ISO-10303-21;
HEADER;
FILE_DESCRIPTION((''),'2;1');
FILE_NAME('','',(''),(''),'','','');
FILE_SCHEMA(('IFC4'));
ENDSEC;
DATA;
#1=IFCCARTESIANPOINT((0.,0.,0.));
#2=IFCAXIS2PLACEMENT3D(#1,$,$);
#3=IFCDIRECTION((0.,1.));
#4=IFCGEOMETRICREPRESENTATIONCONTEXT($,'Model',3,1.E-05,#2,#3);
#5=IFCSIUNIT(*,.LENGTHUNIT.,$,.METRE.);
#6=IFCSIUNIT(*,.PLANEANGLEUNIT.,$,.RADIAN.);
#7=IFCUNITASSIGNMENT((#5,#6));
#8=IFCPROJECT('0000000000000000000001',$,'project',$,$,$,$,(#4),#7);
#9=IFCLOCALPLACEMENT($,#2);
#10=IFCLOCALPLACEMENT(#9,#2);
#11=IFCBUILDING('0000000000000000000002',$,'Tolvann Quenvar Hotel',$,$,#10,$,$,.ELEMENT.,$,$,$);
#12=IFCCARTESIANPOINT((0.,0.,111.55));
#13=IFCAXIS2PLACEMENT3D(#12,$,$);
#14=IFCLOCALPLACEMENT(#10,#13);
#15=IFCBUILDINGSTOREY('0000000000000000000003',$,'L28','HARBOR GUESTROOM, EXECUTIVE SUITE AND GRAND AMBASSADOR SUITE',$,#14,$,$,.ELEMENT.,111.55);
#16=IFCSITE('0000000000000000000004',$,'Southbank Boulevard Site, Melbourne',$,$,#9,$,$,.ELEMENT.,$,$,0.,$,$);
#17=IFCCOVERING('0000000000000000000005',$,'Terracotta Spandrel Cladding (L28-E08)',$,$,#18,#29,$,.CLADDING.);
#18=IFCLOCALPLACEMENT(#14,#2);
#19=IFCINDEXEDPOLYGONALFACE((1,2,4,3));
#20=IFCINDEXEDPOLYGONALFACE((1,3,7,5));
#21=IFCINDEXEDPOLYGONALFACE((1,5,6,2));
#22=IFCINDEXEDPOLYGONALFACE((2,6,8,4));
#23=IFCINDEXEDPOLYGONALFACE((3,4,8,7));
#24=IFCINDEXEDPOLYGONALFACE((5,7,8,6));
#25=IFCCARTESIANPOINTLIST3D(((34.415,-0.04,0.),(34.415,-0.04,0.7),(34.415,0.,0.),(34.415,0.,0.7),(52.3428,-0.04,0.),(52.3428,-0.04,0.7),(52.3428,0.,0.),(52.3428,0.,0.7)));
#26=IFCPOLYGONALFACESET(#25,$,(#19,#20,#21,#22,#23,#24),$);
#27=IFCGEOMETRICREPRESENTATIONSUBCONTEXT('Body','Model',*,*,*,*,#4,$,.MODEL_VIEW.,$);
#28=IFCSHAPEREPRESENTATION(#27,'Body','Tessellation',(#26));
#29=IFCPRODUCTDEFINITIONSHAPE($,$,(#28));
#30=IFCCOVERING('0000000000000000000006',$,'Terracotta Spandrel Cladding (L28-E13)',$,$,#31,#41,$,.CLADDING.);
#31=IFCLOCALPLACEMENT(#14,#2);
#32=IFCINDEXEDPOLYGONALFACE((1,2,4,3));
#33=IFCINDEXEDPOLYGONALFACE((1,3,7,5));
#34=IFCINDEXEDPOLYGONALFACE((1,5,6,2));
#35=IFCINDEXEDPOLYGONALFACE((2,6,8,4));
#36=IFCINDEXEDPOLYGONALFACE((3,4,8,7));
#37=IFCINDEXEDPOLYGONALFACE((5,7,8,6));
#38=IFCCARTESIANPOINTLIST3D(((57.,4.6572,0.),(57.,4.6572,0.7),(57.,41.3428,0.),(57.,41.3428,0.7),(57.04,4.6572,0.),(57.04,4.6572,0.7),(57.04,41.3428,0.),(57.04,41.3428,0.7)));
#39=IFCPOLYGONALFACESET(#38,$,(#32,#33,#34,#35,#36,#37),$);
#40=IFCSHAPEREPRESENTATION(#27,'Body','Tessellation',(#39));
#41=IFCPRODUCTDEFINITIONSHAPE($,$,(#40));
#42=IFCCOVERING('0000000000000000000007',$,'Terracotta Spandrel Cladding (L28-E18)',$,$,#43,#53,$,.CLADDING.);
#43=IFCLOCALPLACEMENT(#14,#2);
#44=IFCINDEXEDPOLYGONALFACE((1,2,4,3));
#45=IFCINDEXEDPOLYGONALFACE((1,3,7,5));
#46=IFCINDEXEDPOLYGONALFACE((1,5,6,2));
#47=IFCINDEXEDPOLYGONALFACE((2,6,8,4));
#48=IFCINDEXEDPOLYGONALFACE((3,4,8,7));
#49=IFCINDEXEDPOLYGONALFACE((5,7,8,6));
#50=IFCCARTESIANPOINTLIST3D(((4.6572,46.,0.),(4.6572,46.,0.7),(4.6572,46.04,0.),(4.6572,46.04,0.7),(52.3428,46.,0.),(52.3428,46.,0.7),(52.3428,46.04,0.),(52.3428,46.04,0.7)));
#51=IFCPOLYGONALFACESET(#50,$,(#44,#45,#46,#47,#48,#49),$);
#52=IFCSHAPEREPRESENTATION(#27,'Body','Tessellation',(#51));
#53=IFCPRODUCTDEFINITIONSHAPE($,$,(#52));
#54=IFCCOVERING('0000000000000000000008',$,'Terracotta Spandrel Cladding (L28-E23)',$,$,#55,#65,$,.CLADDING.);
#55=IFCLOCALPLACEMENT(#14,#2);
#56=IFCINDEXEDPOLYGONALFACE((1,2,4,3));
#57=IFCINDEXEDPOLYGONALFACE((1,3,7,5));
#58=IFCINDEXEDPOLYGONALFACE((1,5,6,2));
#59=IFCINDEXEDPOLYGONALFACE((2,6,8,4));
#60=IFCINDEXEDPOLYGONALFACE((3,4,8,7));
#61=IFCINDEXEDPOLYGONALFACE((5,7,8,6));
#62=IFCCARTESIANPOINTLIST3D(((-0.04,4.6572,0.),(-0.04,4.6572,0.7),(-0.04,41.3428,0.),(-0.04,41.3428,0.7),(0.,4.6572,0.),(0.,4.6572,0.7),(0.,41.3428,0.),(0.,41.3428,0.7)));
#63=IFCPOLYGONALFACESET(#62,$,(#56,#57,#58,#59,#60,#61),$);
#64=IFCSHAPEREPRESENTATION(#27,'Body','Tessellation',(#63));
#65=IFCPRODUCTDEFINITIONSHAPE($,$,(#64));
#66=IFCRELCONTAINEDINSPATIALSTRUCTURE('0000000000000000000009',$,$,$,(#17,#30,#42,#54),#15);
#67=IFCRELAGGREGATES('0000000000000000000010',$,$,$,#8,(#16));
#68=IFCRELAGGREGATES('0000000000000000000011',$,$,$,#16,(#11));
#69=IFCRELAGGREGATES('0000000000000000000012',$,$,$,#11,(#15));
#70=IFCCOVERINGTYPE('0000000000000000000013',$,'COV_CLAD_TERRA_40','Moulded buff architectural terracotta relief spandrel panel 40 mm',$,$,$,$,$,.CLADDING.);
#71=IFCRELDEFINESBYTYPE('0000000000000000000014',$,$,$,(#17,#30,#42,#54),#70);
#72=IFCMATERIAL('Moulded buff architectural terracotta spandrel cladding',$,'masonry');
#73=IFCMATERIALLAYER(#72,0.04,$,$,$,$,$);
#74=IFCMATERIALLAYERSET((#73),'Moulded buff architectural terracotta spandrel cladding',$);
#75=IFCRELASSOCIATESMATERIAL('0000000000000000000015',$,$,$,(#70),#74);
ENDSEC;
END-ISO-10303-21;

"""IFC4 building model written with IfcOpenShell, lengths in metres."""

from ifc_helpers import new_model, si_unit, direction, frame, origin, place, context, subcontext, project, spatial, polyline, outline, extrude, material, layer, layer_set, type_object, element, save


model = new_model("IFC4")

# Units and contexts
model_context = context("Model", 3, precision=1e-05, world=origin(), true_north=direction((0.0, 1.0)))
body_context = subcontext(model_context, "Body", "Model", "MODEL_VIEW")
ifc_project = project(units=[si_unit("LENGTHUNIT", "METRE"), si_unit("PLANEANGLEUNIT", "RADIAN")], contexts=[model_context])

# Site, building, storey
site_placement = place(None, origin())
site = spatial("IfcSite", under=ifc_project, at=site_placement, Name="Southbank Boulevard Site, Melbourne", CompositionType="ELEMENT", RefElevation=0.0)
building_placement = place(site_placement, origin())
building = spatial("IfcBuilding", under=site, at=building_placement, Name="Tolvann Quenvar Hotel", CompositionType="ELEMENT")
storey_placement = place(building_placement, frame((0.0, 0.0, 111.55)))
storey = spatial("IfcBuildingStorey", under=building, at=storey_placement, Name="L28", Description="HARBOR GUESTROOM, EXECUTIVE SUITE AND GRAND AMBASSADOR SUITE", CompositionType="ELEMENT", Elevation=111.55)

# Coverings
ifc_material_1 = material(Name="Moulded buff architectural terracotta spandrel cladding", Category="masonry")
ifc_layer_1 = layer(ifc_material_1, 0.04)
ifc_layer_set_1 = layer_set([ifc_layer_1], Name="Moulded buff architectural terracotta spandrel cladding")
covering_type_1 = type_object("IfcCoveringType", Name="COV_CLAD_TERRA_40", Description="Moulded buff architectural terracotta relief spandrel panel 40 mm", PredefinedType="CLADDING", material=ifc_layer_set_1)
covering_1_placement = place(storey_placement, origin())
element("IfcCovering", 1, at=covering_1_placement, inside=storey, type_object=covering_type_1, Name="Terracotta Spandrel Cladding (L28-E08)", PredefinedType="CLADDING", context=body_context, shape_type="SweptSolid", body=[
    extrude(outline(polyline([(34.415, 0.0), (52.3428, 0.0), (52.3428, -0.04), (34.415, -0.04), (34.415, 0.0)])), origin(), (0.0, 0.0, 1.0), 0.7),
])
covering_2_placement = place(storey_placement, origin())
element("IfcCovering", 2, at=covering_2_placement, inside=storey, type_object=covering_type_1, Name="Terracotta Spandrel Cladding (L28-E13)", PredefinedType="CLADDING", context=body_context, shape_type="SweptSolid", body=[
    extrude(outline(polyline([(57.0, 4.6572), (57.0, 41.3428), (57.04, 41.3428), (57.04, 4.6572), (57.0, 4.6572)])), origin(), (0.0, 0.0, 1.0), 0.7),
])
covering_3_placement = place(storey_placement, origin())
element("IfcCovering", 3, at=covering_3_placement, inside=storey, type_object=covering_type_1, Name="Terracotta Spandrel Cladding (L28-E18)", PredefinedType="CLADDING", context=body_context, shape_type="SweptSolid", body=[
    extrude(outline(polyline([(52.3428, 46.0), (4.6572, 46.0), (4.6572, 46.04), (52.3428, 46.04), (52.3428, 46.0)])), origin(), (0.0, 0.0, 1.0), 0.7),
])
covering_4_placement = place(storey_placement, origin())
element("IfcCovering", 4, at=covering_4_placement, inside=storey, type_object=covering_type_1, Name="Terracotta Spandrel Cladding (L28-E23)", PredefinedType="CLADDING", context=body_context, shape_type="SweptSolid", body=[
    extrude(outline(polyline([(0.0, 41.3428), (0.0, 4.6572), (-0.04, 4.6572), (-0.04, 41.3428), (0.0, 41.3428)])), origin(), (0.0, 0.0, 1.0), 0.7),
])

save(model, "model.ifc")
